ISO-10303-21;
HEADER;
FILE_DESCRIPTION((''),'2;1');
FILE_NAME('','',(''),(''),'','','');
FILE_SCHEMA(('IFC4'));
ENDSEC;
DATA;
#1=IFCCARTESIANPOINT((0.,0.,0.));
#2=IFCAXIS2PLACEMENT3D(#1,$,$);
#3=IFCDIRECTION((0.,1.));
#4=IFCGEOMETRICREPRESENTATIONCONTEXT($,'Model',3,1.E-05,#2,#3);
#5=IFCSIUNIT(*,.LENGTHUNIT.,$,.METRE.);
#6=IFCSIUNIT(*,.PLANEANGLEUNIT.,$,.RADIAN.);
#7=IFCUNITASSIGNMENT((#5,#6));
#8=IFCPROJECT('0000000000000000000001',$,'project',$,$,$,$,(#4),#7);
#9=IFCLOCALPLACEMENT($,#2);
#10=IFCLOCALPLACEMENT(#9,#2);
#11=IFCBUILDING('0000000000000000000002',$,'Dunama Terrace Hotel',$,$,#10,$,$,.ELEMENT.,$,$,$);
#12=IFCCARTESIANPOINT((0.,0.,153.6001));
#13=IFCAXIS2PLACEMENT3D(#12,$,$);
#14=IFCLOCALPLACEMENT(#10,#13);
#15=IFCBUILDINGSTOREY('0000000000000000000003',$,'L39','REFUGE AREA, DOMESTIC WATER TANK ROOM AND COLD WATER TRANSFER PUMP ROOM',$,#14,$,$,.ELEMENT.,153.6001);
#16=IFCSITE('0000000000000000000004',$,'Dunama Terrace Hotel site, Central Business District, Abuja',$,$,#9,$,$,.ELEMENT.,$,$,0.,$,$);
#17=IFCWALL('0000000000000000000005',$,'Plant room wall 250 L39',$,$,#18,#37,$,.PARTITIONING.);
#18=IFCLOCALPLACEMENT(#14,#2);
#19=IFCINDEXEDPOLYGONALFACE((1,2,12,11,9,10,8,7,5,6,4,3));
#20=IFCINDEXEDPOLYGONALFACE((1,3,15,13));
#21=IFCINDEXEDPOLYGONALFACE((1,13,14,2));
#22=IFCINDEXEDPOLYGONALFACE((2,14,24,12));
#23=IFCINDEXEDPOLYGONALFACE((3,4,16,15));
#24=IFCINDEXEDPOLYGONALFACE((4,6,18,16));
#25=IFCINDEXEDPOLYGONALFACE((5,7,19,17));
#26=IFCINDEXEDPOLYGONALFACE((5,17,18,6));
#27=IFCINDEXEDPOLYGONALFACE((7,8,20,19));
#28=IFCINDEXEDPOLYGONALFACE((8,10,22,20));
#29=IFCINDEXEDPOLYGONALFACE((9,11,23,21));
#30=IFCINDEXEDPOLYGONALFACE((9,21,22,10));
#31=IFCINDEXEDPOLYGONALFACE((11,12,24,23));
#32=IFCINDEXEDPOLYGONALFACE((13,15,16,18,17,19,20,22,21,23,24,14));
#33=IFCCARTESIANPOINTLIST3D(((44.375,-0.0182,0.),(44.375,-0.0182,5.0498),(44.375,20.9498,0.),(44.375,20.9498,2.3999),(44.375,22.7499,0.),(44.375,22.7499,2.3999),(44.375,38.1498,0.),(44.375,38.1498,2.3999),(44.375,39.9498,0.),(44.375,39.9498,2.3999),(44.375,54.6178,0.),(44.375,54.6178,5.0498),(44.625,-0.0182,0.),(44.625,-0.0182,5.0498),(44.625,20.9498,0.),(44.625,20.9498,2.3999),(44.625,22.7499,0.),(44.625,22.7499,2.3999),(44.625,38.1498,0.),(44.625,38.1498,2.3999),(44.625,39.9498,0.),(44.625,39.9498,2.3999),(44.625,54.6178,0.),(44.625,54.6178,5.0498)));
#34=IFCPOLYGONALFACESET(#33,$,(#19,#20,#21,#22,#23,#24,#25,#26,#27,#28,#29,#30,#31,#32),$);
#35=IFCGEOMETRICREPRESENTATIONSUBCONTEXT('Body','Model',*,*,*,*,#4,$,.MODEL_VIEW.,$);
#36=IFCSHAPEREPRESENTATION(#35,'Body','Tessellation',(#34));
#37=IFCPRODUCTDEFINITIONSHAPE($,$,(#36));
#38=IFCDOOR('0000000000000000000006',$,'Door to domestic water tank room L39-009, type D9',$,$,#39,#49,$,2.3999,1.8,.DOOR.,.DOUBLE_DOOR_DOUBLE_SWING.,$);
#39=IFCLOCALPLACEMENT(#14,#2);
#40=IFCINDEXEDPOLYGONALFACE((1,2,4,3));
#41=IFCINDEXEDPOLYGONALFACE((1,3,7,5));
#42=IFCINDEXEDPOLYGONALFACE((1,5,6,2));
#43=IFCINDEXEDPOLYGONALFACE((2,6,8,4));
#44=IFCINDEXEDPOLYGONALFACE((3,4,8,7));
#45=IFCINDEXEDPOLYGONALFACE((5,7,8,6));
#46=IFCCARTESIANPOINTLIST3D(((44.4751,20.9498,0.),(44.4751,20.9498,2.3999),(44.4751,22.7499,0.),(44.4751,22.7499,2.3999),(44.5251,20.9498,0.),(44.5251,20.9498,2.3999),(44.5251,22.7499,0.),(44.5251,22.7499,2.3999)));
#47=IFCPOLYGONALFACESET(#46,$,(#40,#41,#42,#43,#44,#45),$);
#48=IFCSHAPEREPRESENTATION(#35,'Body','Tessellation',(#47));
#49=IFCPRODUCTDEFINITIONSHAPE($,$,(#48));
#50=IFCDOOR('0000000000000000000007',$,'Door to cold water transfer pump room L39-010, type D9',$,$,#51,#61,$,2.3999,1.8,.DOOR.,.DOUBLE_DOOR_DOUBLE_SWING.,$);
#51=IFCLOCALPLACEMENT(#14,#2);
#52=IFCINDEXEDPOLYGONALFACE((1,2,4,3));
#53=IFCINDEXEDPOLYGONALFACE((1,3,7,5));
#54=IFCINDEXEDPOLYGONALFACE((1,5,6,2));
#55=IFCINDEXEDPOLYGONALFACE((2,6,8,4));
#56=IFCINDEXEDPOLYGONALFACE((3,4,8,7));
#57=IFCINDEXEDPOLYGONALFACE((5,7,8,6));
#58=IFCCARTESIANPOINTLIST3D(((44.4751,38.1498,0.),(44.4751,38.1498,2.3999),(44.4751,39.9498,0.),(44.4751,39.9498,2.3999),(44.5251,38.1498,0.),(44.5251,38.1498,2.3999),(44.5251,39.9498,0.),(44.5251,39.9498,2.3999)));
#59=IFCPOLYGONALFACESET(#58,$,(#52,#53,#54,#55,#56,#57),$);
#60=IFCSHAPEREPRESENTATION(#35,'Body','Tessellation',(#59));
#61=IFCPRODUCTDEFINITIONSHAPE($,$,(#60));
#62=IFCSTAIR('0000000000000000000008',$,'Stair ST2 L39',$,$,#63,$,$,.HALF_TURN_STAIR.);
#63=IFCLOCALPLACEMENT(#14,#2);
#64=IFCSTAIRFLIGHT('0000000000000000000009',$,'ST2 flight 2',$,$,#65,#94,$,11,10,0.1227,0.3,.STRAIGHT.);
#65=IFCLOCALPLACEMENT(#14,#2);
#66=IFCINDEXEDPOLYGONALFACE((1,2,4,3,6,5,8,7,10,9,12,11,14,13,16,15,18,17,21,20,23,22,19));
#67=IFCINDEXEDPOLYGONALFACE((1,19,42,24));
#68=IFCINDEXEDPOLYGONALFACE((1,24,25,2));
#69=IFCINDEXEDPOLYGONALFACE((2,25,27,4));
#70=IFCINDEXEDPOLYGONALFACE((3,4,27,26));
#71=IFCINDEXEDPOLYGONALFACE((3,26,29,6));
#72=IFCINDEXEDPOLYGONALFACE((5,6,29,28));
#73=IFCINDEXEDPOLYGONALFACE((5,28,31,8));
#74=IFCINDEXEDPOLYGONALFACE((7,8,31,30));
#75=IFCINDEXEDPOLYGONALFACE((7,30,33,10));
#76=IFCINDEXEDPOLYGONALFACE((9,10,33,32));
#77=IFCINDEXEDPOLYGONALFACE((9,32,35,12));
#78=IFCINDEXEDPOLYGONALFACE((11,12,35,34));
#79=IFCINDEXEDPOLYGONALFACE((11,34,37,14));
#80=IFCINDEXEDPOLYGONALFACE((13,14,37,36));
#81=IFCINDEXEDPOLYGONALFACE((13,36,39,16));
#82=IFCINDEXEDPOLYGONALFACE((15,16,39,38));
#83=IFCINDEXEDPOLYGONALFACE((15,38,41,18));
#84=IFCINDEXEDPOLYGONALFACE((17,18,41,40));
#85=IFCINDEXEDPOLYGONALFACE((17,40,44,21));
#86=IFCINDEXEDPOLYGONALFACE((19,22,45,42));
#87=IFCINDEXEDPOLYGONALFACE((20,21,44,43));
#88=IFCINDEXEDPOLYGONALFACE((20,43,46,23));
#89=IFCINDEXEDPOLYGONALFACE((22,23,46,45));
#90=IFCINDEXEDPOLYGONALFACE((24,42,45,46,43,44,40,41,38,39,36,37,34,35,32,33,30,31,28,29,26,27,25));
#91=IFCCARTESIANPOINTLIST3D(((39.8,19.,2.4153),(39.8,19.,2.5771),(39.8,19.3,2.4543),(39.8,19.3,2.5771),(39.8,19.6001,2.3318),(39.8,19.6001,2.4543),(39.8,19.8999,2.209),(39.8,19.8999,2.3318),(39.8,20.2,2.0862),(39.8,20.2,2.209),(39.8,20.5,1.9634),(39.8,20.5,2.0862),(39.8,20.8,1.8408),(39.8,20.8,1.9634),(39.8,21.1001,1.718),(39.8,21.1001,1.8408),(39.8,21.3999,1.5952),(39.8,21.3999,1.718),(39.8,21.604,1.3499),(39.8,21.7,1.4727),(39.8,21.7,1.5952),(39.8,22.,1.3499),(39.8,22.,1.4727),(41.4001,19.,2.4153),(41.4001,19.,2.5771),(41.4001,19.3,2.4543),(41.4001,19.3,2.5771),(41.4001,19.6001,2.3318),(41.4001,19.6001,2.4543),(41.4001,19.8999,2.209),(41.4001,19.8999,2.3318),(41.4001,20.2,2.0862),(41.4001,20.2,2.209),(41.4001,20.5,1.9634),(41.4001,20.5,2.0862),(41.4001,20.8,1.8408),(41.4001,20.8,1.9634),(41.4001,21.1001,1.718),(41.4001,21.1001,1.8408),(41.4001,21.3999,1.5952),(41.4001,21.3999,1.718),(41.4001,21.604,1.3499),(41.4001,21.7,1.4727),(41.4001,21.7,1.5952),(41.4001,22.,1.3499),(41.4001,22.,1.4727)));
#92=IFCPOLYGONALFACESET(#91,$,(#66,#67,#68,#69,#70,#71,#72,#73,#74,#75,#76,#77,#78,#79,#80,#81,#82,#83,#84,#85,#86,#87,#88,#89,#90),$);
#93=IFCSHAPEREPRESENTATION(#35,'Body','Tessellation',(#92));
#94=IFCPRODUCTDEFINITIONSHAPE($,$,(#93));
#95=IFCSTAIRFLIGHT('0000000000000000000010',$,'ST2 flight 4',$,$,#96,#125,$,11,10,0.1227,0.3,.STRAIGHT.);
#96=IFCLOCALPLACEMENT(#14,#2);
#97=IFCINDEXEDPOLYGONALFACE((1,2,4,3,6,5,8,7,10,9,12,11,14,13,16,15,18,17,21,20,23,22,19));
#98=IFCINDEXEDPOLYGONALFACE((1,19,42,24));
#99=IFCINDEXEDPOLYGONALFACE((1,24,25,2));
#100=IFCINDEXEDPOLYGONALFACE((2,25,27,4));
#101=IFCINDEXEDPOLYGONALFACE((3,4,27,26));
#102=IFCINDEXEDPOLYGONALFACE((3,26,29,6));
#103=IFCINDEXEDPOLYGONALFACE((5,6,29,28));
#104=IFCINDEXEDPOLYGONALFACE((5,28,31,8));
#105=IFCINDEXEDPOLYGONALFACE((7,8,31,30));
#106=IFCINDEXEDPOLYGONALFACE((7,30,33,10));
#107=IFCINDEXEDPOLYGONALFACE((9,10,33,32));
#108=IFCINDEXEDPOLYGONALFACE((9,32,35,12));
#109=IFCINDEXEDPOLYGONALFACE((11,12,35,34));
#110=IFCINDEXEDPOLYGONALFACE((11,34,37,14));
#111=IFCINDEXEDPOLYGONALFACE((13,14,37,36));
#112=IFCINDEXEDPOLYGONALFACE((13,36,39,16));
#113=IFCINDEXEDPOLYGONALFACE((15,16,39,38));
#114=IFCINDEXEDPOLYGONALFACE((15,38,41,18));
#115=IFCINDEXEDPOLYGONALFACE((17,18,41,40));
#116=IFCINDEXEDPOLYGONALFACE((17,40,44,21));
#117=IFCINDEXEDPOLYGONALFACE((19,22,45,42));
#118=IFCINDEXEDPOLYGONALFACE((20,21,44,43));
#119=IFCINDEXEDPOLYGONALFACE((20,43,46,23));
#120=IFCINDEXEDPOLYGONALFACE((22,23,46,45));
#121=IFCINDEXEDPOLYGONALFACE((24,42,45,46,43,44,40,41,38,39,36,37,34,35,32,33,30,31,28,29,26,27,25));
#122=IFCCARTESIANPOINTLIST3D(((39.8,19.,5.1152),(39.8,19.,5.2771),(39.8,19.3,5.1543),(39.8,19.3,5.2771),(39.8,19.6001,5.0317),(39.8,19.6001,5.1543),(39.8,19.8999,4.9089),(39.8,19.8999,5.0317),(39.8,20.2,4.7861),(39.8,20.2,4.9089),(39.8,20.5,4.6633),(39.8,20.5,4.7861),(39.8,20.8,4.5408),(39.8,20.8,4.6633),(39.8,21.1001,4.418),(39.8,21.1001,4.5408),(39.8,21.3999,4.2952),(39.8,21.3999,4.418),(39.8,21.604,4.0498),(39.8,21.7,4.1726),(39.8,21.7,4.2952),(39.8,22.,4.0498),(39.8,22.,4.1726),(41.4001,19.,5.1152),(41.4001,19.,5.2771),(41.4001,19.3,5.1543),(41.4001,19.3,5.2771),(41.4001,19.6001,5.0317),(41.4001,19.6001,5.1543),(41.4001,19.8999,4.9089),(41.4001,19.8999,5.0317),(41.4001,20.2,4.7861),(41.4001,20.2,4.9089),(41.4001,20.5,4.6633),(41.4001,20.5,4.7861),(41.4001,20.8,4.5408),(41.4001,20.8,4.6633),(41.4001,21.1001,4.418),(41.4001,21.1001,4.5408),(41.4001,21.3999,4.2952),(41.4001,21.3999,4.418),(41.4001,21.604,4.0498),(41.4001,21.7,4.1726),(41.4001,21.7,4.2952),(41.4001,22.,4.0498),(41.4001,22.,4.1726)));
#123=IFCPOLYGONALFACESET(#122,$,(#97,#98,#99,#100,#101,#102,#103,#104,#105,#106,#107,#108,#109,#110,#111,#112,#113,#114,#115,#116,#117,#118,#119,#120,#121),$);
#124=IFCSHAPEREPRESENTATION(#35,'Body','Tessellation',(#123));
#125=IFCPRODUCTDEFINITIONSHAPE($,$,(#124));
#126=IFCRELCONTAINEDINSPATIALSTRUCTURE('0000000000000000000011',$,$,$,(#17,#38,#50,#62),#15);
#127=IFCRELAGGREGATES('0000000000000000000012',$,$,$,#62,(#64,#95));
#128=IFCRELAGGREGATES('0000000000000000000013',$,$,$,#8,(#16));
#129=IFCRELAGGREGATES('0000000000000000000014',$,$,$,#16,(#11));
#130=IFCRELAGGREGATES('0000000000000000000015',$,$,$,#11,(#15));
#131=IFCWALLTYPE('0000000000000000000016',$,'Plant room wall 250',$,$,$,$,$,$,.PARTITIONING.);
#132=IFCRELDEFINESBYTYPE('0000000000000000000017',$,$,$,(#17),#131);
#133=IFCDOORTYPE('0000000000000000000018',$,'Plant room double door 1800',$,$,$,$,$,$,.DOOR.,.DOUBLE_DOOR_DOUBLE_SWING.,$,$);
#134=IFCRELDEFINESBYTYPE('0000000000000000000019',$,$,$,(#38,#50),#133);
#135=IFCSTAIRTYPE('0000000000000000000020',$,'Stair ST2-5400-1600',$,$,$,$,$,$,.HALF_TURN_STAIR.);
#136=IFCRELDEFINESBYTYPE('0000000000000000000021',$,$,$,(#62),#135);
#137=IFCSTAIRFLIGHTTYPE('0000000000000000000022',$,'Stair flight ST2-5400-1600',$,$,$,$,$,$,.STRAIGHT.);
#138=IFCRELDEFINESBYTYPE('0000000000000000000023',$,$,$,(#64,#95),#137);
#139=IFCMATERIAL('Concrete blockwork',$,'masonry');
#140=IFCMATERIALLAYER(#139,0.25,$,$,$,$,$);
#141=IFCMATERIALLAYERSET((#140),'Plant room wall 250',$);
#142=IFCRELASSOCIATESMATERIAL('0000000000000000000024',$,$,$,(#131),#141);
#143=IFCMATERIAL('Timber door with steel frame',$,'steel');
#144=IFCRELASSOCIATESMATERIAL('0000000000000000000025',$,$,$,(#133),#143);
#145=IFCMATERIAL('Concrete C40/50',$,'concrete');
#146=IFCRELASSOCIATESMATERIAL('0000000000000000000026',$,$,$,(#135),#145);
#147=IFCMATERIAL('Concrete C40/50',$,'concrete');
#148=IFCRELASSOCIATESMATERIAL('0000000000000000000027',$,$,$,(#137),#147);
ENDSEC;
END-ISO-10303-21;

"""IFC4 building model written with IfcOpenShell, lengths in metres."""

from ifc_helpers import new_model, si_unit, direction, frame, frame_2d, origin, place, context, subcontext, project, spatial, polyline, rectangle, outline, extrude, material, layer, layer_set, type_object, element, fill, aggregate, save


model = new_model("IFC4")

# Units and contexts
model_context = context("Model", 3, precision=1e-05, world=origin(), true_north=direction((0.0, 1.0)))
body_context = subcontext(model_context, "Body", "Model", "MODEL_VIEW")
ifc_project = project(units=[si_unit("LENGTHUNIT", "METRE"), si_unit("PLANEANGLEUNIT", "RADIAN")], contexts=[model_context])

# Site, building, storey
site_placement = place(None, origin())
site = spatial("IfcSite", under=ifc_project, at=site_placement, Name="Dunama Terrace Hotel site, Central Business District, Abuja", CompositionType="ELEMENT", RefElevation=0.0)
building_placement = place(site_placement, origin())
building = spatial("IfcBuilding", under=site, at=building_placement, Name="Dunama Terrace Hotel", CompositionType="ELEMENT")
storey_placement = place(building_placement, frame((0.0, 0.0, 153.6001)))
storey = spatial("IfcBuildingStorey", under=building, at=storey_placement, Name="L39", Description="REFUGE AREA, DOMESTIC WATER TANK ROOM AND COLD WATER TRANSFER PUMP ROOM", CompositionType="ELEMENT", Elevation=153.6001)

# Wall, openings, doors
ifc_material_1 = material(Name="Concrete blockwork", Category="masonry")
ifc_layer_1 = layer(ifc_material_1, 0.25)
ifc_layer_set_1 = layer_set([ifc_layer_1], Name="Plant room wall 250")
wall_type_1 = type_object("IfcWallType", Name="Plant room wall 250", PredefinedType="PARTITIONING", material=ifc_layer_set_1)
wall_1_placement = place(storey_placement, frame((44.5, -0.0181, 0.0), z_axis=(0.0, 0.0, 1.0), x_axis=(0.0, 1.0, 0.0)))
wall_1 = element("IfcWall", 1, at=wall_1_placement, inside=storey, type_object=wall_type_1, Name="Plant room wall 250 L39", PredefinedType="PARTITIONING", context=body_context, shape_type="SweptSolid", body=[
    extrude(rectangle(XDim=54.636, YDim=0.25, at=frame_2d((27.3179, 0.0))), origin(), (0.0, 0.0, 1.0), 5.0498),
])
opening_1_placement = place(wall_1_placement, frame((20.968, 0.0, 0.0)))
opening_1 = element("IfcOpeningElement", 2, at=opening_1_placement, cuts=wall_1, PredefinedType="OPENING", context=body_context, shape_type="SweptSolid", body=[
    extrude(rectangle(XDim=1.8, YDim=2.3999, at=frame_2d((0.8999, 1.2))), frame((0.0, 0.135, 0.0), z_axis=(0.0, -1.0, 0.0), x_axis=(1.0, 0.0, 0.0)), (0.0, 0.0, 1.0), 0.27),
])
opening_2_placement = place(wall_1_placement, frame((38.168, 0.0, 0.0)))
opening_2 = element("IfcOpeningElement", 3, at=opening_2_placement, cuts=wall_1, PredefinedType="OPENING", context=body_context, shape_type="SweptSolid", body=[
    extrude(rectangle(XDim=1.8, YDim=2.3999, at=frame_2d((0.8999, 1.2))), frame((0.0, 0.135, 0.0), z_axis=(0.0, -1.0, 0.0), x_axis=(1.0, 0.0, 0.0)), (0.0, 0.0, 1.0), 0.27),
])
ifc_material_2 = material(Name="Timber door with steel frame", Category="steel")
door_type_1 = type_object("IfcDoorType", Name="Plant room double door 1800", OperationType="DOUBLE_DOOR_DOUBLE_SWING", PredefinedType="DOOR", material=ifc_material_2)
door_1_placement = place(opening_1_placement, origin())
door_1 = element("IfcDoor", 4, at=door_1_placement, inside=storey, type_object=door_type_1, Name="Door to domestic water tank room L39-009, type D9", OperationType="DOUBLE_DOOR_DOUBLE_SWING", OverallHeight=2.3999, OverallWidth=1.8, PredefinedType="DOOR", context=body_context, shape_type="SweptSolid", body=[
    extrude(rectangle(XDim=1.8, YDim=2.3999, at=frame_2d((0.8999, 1.2))), frame((0.0, 0.0249, 0.0), z_axis=(0.0, -1.0, 0.0), x_axis=(1.0, 0.0, 0.0)), (0.0, 0.0, 1.0), 0.05),
])
fill(opening_1, door_1)
door_2_placement = place(opening_2_placement, origin())
door_2 = element("IfcDoor", 5, at=door_2_placement, inside=storey, type_object=door_type_1, Name="Door to cold water transfer pump room L39-010, type D9", OperationType="DOUBLE_DOOR_DOUBLE_SWING", OverallHeight=2.3999, OverallWidth=1.8, PredefinedType="DOOR", context=body_context, shape_type="SweptSolid", body=[
    extrude(rectangle(XDim=1.8, YDim=2.3999, at=frame_2d((0.8999, 1.2))), frame((0.0, 0.0249, 0.0), z_axis=(0.0, -1.0, 0.0), x_axis=(1.0, 0.0, 0.0)), (0.0, 0.0, 1.0), 0.05),
])
fill(opening_2, door_2)

# Stair, stair flights
ifc_material_3 = material(Name="Concrete C40/50", Category="concrete")
stair_type = type_object("IfcStairType", Name="Stair ST2-5400-1600", PredefinedType="HALF_TURN_STAIR", material=ifc_material_3)
stair_placement = place(storey_placement, origin())
stair = element("IfcStair", 6, at=stair_placement, inside=storey, type_object=stair_type, Name="Stair ST2 L39", PredefinedType="HALF_TURN_STAIR")
ifc_material_4 = material(Name="Concrete C40/50", Category="concrete")
stair_flight_type = type_object("IfcStairFlightType", Name="Stair flight ST2-5400-1600", PredefinedType="STRAIGHT", material=ifc_material_4)
stair_flight_1_placement = place(storey_placement, frame((40.6001, 22.0, 1.3499), z_axis=(0.0, 0.0, 1.0), x_axis=(0.0, -1.0, 0.0)))
stair_flight_1 = element("IfcStairFlight", 7, at=stair_flight_1_placement, type_object=stair_flight_type, Name="ST2 flight 2", NumberOfRisers=11, NumberOfTreads=10, PredefinedType="STRAIGHT", RiserHeight=0.1227, TreadLength=0.3, context=body_context, shape_type="SweptSolid", body=[
    extrude(outline(polyline([(0.0, 0.0), (0.0, 0.1228), (0.3, 0.1228), (0.3, 0.2454), (0.6001, 0.2454), (0.6001, 0.3682), (0.8999, 0.3682), (0.8999, 0.491), (1.2, 0.491), (1.2, 0.6135), (1.5, 0.6135), (1.5, 0.7363), (1.8, 0.7363), (1.8, 0.8591), (2.1001, 0.8591), (2.1001, 0.9819), (2.3999, 0.9819), (2.3999, 1.1045), (2.7, 1.1045), (2.7, 1.2273), (3.0, 1.2273), (3.0, 1.3501), (3.0, 1.0654), (0.396, 0.0), (0.0, 0.0)])), frame((0.0, 0.8, 0.0), z_axis=(0.0, -1.0, 0.0), x_axis=(1.0, 0.0, 0.0)), (0.0, 0.0, 1.0), 1.6001),
])
stair_flight_2_placement = place(storey_placement, frame((40.6001, 22.0, 4.0498), z_axis=(0.0, 0.0, 1.0), x_axis=(0.0, -1.0, 0.0)))
stair_flight_2 = element("IfcStairFlight", 8, at=stair_flight_2_placement, type_object=stair_flight_type, Name="ST2 flight 4", NumberOfRisers=11, NumberOfTreads=10, PredefinedType="STRAIGHT", RiserHeight=0.1227, TreadLength=0.3, context=body_context, shape_type="SweptSolid", body=[
    extrude(outline(polyline([(0.0, 0.0), (0.0, 0.1228), (0.3, 0.1228), (0.3, 0.2454), (0.6001, 0.2454), (0.6001, 0.3682), (0.8999, 0.3682), (0.8999, 0.491), (1.2, 0.491), (1.2, 0.6135), (1.5, 0.6135), (1.5, 0.7363), (1.8, 0.7363), (1.8, 0.8591), (2.1001, 0.8591), (2.1001, 0.9819), (2.3999, 0.9819), (2.3999, 1.1045), (2.7, 1.1045), (2.7, 1.2273), (3.0, 1.2273), (3.0, 1.3501), (3.0, 1.0654), (0.396, 0.0), (0.0, 0.0)])), frame((0.0, 0.8, 0.0), z_axis=(0.0, -1.0, 0.0), x_axis=(1.0, 0.0, 0.0)), (0.0, 0.0, 1.0), 1.6001),
])
aggregate(stair, [stair_flight_1, stair_flight_2])

save(model, "model.ifc")
